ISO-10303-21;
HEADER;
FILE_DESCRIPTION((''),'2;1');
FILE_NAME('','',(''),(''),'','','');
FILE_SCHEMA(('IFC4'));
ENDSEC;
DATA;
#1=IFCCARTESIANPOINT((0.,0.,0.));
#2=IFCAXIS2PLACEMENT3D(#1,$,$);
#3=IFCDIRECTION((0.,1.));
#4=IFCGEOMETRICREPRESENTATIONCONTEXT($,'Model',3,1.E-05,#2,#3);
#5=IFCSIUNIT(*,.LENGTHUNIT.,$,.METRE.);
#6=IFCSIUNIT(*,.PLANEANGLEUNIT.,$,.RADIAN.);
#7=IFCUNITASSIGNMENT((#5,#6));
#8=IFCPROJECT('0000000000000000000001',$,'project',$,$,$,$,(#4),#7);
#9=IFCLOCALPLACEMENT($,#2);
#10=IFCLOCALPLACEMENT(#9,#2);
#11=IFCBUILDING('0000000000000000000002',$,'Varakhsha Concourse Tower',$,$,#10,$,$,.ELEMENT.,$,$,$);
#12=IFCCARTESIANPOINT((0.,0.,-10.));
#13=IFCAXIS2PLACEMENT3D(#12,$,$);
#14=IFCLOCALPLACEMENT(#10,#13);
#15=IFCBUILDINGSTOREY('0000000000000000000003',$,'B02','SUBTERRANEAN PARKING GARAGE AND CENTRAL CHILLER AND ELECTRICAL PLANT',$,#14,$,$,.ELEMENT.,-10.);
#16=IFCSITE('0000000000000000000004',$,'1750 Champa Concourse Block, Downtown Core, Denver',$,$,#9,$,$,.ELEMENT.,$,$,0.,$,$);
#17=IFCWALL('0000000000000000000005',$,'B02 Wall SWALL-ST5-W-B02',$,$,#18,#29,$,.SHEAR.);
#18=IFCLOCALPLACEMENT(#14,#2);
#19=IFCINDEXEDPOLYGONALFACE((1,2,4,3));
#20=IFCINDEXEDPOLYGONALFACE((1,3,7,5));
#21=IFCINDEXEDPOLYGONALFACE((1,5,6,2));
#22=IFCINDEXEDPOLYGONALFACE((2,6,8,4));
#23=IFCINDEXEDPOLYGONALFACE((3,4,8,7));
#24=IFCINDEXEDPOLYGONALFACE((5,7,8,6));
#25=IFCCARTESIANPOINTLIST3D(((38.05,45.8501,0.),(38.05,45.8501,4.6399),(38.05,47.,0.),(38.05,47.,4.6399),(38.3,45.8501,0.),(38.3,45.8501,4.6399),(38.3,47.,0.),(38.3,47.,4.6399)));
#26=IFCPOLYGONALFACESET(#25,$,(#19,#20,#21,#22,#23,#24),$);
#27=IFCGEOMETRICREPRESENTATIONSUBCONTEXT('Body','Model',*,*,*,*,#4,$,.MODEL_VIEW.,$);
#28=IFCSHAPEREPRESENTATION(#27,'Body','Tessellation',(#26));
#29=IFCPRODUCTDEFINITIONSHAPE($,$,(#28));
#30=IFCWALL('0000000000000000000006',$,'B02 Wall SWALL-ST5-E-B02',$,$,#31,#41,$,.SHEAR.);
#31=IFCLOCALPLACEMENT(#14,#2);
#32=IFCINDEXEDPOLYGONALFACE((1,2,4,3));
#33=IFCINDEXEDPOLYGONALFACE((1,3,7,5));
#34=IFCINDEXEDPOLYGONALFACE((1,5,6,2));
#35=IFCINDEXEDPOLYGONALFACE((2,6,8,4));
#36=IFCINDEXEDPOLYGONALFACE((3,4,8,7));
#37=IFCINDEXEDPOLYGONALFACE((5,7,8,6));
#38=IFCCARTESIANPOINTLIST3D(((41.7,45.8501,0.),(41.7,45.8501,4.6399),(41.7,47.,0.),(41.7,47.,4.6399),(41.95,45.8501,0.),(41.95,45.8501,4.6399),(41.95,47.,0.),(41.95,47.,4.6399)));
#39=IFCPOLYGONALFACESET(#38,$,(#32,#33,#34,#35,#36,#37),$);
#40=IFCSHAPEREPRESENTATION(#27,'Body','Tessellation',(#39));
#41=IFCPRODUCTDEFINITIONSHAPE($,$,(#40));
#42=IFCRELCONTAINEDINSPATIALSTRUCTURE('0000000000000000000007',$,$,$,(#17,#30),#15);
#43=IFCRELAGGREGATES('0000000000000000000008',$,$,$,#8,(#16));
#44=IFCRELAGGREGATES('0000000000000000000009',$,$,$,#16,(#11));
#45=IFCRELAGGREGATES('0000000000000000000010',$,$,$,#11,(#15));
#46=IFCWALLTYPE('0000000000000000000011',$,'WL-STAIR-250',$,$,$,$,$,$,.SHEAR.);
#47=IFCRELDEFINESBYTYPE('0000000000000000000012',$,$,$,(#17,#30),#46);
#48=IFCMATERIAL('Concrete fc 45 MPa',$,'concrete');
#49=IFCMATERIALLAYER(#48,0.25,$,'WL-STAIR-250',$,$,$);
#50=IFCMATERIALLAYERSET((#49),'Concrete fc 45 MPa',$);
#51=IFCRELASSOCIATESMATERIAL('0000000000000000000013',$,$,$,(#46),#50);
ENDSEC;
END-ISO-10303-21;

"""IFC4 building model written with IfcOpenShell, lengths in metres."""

from ifc_helpers import new_model, si_unit, direction, frame, frame_2d, origin, place, context, subcontext, project, spatial, rectangle, extrude, material, layer, layer_set, type_object, element, save


model = new_model("IFC4")

# Units and contexts
model_context = context("Model", 3, precision=1e-05, world=origin(), true_north=direction((0.0, 1.0)))
body_context = subcontext(model_context, "Body", "Model", "MODEL_VIEW")
ifc_project = project(units=[si_unit("LENGTHUNIT", "METRE"), si_unit("PLANEANGLEUNIT", "RADIAN")], contexts=[model_context])

# Site, building, storey
site_placement = place(None, origin())
site = spatial("IfcSite", under=ifc_project, at=site_placement, Name="1750 Champa Concourse Block, Downtown Core, Denver", CompositionType="ELEMENT", RefElevation=0.0)
building_placement = place(site_placement, origin())
building = spatial("IfcBuilding", under=site, at=building_placement, Name="Varakhsha Concourse Tower", CompositionType="ELEMENT")
storey_placement = place(building_placement, frame((0.0, 0.0, -10.0)))
storey = spatial("IfcBuildingStorey", under=building, at=storey_placement, Name="B02", Description="SUBTERRANEAN PARKING GARAGE AND CENTRAL CHILLER AND ELECTRICAL PLANT", CompositionType="ELEMENT", Elevation=-10.0)

# Walls
ifc_material_1 = material(Name="Concrete fc 45 MPa", Category="concrete")
ifc_layer_1 = layer(ifc_material_1, 0.25, Name="WL-STAIR-250")
ifc_layer_set_1 = layer_set([ifc_layer_1], Name="Concrete fc 45 MPa")
wall_type_1 = type_object("IfcWallType", Name="WL-STAIR-250", PredefinedType="SHEAR", material=ifc_layer_set_1)
for number, where, z_axis, x_axis, name in (
    (1, (38.175, 45.8501, 0.0), (0.0, 0.0, 1.0), (0.0, 1.0, 0.0), "B02 Wall SWALL-ST5-W-B02"),
    (2, (41.825, 45.8501, 0.0), (0.0, 0.0, 1.0), (0.0, 1.0, 0.0), "B02 Wall SWALL-ST5-E-B02"),
):
    element("IfcWall", number, at=place(storey_placement, frame(where, z_axis=z_axis, x_axis=x_axis)), inside=storey, type_object=wall_type_1, Name=name, PredefinedType="SHEAR", context=body_context, shape_type="SweptSolid", body=[
        extrude(rectangle(XDim=1.1499, YDim=0.25, at=frame_2d((0.575, 0.0))), origin(), (0.0, 0.0, 1.0), 4.6399),
    ])

save(model, "model.ifc")
